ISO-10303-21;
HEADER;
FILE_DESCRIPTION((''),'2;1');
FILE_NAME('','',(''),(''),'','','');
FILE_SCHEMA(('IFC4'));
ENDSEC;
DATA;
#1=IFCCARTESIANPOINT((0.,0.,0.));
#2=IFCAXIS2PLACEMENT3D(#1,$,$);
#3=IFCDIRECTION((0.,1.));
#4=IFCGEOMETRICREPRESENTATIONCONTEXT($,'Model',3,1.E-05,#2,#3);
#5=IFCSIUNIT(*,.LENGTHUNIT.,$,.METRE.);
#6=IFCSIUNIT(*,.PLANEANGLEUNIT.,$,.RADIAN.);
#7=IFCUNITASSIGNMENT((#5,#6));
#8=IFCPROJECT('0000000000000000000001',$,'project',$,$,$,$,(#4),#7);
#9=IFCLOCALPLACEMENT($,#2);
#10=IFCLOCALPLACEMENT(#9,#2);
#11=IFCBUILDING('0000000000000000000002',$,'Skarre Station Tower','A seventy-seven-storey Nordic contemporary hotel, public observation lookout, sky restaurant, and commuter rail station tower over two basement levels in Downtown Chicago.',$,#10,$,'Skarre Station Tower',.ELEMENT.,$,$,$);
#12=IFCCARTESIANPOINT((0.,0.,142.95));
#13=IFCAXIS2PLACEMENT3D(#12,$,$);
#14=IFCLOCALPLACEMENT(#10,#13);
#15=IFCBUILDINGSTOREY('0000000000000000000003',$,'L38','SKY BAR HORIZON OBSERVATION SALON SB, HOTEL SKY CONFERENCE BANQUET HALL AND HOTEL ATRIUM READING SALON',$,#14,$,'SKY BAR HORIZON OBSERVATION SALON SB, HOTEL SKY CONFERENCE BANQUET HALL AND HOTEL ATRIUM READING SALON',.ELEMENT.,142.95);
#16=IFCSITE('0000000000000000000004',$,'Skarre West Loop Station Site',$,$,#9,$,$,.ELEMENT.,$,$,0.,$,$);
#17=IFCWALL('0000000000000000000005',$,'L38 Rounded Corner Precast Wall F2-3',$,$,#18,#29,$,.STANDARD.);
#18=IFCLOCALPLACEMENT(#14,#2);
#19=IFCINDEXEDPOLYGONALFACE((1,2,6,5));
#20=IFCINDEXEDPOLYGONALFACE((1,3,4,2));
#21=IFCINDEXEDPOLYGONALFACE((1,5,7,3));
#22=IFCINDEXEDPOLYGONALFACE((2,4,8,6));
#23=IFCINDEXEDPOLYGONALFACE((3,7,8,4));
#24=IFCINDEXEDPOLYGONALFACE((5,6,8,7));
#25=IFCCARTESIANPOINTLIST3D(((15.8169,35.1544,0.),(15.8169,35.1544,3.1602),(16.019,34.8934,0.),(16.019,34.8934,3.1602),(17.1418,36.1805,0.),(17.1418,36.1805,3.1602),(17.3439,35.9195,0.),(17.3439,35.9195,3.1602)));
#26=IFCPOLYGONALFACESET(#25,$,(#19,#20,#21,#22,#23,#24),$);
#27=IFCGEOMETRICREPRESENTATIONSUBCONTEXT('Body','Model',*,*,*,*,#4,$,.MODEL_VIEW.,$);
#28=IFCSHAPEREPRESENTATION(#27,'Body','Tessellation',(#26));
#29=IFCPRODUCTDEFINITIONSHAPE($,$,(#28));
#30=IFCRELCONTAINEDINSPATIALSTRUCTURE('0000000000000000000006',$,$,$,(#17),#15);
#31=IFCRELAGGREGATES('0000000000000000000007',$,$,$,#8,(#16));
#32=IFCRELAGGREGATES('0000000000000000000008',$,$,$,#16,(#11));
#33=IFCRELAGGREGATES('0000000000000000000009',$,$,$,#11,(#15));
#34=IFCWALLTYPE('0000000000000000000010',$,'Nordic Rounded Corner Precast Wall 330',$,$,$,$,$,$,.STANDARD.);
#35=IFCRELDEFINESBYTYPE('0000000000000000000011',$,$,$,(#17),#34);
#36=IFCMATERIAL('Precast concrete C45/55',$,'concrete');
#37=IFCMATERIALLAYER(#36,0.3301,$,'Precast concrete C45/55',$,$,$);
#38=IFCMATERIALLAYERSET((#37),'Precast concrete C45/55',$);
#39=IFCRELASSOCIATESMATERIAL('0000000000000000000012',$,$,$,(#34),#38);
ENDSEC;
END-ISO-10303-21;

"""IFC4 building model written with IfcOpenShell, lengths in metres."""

from ifc_helpers import new_model, si_unit, direction, frame, frame_2d, origin, place, context, subcontext, project, spatial, rectangle, extrude, material, layer, layer_set, type_object, element, save


model = new_model("IFC4")

# Units and contexts
model_context = context("Model", 3, precision=1e-05, world=origin(), true_north=direction((0.0, 1.0)))
body_context = subcontext(model_context, "Body", "Model", "MODEL_VIEW")
ifc_project = project(units=[si_unit("LENGTHUNIT", "METRE"), si_unit("PLANEANGLEUNIT", "RADIAN")], contexts=[model_context])

# Site, building, storey
site_placement = place(None, origin())
site = spatial("IfcSite", under=ifc_project, at=site_placement, Name="Skarre West Loop Station Site", CompositionType="ELEMENT", RefElevation=0.0)
building_placement = place(site_placement, origin())
building = spatial("IfcBuilding", under=site, at=building_placement, Name="Skarre Station Tower", Description="A seventy-seven-storey Nordic contemporary hotel, public observation lookout, sky restaurant, and commuter rail station tower over two basement levels in Downtown Chicago.", LongName="Skarre Station Tower", CompositionType="ELEMENT")
storey_placement = place(building_placement, frame((0.0, 0.0, 142.95)))
storey = spatial("IfcBuildingStorey", under=building, at=storey_placement, Name="L38", Description="SKY BAR HORIZON OBSERVATION SALON SB, HOTEL SKY CONFERENCE BANQUET HALL AND HOTEL ATRIUM READING SALON", LongName="SKY BAR HORIZON OBSERVATION SALON SB, HOTEL SKY CONFERENCE BANQUET HALL AND HOTEL ATRIUM READING SALON", CompositionType="ELEMENT", Elevation=142.95)

# Shared definitions
ifc_material_1 = material(Name="Precast concrete C45/55", Category="concrete")

# Wall
ifc_layer_1 = layer(ifc_material_1, 0.3301, Name="Precast concrete C45/55")
ifc_layer_set_1 = layer_set([ifc_layer_1], Name="Precast concrete C45/55")
wall_type_1 = type_object("IfcWallType", Name="Nordic Rounded Corner Precast Wall 330", PredefinedType="STANDARD", material=ifc_layer_set_1)
wall_1_placement = place(storey_placement, frame((15.918, 35.0239, 0.0), z_axis=(0.0, 0.0, 1.0), x_axis=(0.790621, 0.612305, 0.0)))
element("IfcWall", 1, at=wall_1_placement, inside=storey, type_object=wall_type_1, Name="L38 Rounded Corner Precast Wall F2-3", PredefinedType="STANDARD", context=body_context, shape_type="SweptSolid", body=[
    extrude(rectangle(XDim=1.6758, YDim=0.3301, at=frame_2d((0.8379, 0.0))), origin(), (0.0, 0.0, 1.0), 3.1602),
])

save(model, "model.ifc")
